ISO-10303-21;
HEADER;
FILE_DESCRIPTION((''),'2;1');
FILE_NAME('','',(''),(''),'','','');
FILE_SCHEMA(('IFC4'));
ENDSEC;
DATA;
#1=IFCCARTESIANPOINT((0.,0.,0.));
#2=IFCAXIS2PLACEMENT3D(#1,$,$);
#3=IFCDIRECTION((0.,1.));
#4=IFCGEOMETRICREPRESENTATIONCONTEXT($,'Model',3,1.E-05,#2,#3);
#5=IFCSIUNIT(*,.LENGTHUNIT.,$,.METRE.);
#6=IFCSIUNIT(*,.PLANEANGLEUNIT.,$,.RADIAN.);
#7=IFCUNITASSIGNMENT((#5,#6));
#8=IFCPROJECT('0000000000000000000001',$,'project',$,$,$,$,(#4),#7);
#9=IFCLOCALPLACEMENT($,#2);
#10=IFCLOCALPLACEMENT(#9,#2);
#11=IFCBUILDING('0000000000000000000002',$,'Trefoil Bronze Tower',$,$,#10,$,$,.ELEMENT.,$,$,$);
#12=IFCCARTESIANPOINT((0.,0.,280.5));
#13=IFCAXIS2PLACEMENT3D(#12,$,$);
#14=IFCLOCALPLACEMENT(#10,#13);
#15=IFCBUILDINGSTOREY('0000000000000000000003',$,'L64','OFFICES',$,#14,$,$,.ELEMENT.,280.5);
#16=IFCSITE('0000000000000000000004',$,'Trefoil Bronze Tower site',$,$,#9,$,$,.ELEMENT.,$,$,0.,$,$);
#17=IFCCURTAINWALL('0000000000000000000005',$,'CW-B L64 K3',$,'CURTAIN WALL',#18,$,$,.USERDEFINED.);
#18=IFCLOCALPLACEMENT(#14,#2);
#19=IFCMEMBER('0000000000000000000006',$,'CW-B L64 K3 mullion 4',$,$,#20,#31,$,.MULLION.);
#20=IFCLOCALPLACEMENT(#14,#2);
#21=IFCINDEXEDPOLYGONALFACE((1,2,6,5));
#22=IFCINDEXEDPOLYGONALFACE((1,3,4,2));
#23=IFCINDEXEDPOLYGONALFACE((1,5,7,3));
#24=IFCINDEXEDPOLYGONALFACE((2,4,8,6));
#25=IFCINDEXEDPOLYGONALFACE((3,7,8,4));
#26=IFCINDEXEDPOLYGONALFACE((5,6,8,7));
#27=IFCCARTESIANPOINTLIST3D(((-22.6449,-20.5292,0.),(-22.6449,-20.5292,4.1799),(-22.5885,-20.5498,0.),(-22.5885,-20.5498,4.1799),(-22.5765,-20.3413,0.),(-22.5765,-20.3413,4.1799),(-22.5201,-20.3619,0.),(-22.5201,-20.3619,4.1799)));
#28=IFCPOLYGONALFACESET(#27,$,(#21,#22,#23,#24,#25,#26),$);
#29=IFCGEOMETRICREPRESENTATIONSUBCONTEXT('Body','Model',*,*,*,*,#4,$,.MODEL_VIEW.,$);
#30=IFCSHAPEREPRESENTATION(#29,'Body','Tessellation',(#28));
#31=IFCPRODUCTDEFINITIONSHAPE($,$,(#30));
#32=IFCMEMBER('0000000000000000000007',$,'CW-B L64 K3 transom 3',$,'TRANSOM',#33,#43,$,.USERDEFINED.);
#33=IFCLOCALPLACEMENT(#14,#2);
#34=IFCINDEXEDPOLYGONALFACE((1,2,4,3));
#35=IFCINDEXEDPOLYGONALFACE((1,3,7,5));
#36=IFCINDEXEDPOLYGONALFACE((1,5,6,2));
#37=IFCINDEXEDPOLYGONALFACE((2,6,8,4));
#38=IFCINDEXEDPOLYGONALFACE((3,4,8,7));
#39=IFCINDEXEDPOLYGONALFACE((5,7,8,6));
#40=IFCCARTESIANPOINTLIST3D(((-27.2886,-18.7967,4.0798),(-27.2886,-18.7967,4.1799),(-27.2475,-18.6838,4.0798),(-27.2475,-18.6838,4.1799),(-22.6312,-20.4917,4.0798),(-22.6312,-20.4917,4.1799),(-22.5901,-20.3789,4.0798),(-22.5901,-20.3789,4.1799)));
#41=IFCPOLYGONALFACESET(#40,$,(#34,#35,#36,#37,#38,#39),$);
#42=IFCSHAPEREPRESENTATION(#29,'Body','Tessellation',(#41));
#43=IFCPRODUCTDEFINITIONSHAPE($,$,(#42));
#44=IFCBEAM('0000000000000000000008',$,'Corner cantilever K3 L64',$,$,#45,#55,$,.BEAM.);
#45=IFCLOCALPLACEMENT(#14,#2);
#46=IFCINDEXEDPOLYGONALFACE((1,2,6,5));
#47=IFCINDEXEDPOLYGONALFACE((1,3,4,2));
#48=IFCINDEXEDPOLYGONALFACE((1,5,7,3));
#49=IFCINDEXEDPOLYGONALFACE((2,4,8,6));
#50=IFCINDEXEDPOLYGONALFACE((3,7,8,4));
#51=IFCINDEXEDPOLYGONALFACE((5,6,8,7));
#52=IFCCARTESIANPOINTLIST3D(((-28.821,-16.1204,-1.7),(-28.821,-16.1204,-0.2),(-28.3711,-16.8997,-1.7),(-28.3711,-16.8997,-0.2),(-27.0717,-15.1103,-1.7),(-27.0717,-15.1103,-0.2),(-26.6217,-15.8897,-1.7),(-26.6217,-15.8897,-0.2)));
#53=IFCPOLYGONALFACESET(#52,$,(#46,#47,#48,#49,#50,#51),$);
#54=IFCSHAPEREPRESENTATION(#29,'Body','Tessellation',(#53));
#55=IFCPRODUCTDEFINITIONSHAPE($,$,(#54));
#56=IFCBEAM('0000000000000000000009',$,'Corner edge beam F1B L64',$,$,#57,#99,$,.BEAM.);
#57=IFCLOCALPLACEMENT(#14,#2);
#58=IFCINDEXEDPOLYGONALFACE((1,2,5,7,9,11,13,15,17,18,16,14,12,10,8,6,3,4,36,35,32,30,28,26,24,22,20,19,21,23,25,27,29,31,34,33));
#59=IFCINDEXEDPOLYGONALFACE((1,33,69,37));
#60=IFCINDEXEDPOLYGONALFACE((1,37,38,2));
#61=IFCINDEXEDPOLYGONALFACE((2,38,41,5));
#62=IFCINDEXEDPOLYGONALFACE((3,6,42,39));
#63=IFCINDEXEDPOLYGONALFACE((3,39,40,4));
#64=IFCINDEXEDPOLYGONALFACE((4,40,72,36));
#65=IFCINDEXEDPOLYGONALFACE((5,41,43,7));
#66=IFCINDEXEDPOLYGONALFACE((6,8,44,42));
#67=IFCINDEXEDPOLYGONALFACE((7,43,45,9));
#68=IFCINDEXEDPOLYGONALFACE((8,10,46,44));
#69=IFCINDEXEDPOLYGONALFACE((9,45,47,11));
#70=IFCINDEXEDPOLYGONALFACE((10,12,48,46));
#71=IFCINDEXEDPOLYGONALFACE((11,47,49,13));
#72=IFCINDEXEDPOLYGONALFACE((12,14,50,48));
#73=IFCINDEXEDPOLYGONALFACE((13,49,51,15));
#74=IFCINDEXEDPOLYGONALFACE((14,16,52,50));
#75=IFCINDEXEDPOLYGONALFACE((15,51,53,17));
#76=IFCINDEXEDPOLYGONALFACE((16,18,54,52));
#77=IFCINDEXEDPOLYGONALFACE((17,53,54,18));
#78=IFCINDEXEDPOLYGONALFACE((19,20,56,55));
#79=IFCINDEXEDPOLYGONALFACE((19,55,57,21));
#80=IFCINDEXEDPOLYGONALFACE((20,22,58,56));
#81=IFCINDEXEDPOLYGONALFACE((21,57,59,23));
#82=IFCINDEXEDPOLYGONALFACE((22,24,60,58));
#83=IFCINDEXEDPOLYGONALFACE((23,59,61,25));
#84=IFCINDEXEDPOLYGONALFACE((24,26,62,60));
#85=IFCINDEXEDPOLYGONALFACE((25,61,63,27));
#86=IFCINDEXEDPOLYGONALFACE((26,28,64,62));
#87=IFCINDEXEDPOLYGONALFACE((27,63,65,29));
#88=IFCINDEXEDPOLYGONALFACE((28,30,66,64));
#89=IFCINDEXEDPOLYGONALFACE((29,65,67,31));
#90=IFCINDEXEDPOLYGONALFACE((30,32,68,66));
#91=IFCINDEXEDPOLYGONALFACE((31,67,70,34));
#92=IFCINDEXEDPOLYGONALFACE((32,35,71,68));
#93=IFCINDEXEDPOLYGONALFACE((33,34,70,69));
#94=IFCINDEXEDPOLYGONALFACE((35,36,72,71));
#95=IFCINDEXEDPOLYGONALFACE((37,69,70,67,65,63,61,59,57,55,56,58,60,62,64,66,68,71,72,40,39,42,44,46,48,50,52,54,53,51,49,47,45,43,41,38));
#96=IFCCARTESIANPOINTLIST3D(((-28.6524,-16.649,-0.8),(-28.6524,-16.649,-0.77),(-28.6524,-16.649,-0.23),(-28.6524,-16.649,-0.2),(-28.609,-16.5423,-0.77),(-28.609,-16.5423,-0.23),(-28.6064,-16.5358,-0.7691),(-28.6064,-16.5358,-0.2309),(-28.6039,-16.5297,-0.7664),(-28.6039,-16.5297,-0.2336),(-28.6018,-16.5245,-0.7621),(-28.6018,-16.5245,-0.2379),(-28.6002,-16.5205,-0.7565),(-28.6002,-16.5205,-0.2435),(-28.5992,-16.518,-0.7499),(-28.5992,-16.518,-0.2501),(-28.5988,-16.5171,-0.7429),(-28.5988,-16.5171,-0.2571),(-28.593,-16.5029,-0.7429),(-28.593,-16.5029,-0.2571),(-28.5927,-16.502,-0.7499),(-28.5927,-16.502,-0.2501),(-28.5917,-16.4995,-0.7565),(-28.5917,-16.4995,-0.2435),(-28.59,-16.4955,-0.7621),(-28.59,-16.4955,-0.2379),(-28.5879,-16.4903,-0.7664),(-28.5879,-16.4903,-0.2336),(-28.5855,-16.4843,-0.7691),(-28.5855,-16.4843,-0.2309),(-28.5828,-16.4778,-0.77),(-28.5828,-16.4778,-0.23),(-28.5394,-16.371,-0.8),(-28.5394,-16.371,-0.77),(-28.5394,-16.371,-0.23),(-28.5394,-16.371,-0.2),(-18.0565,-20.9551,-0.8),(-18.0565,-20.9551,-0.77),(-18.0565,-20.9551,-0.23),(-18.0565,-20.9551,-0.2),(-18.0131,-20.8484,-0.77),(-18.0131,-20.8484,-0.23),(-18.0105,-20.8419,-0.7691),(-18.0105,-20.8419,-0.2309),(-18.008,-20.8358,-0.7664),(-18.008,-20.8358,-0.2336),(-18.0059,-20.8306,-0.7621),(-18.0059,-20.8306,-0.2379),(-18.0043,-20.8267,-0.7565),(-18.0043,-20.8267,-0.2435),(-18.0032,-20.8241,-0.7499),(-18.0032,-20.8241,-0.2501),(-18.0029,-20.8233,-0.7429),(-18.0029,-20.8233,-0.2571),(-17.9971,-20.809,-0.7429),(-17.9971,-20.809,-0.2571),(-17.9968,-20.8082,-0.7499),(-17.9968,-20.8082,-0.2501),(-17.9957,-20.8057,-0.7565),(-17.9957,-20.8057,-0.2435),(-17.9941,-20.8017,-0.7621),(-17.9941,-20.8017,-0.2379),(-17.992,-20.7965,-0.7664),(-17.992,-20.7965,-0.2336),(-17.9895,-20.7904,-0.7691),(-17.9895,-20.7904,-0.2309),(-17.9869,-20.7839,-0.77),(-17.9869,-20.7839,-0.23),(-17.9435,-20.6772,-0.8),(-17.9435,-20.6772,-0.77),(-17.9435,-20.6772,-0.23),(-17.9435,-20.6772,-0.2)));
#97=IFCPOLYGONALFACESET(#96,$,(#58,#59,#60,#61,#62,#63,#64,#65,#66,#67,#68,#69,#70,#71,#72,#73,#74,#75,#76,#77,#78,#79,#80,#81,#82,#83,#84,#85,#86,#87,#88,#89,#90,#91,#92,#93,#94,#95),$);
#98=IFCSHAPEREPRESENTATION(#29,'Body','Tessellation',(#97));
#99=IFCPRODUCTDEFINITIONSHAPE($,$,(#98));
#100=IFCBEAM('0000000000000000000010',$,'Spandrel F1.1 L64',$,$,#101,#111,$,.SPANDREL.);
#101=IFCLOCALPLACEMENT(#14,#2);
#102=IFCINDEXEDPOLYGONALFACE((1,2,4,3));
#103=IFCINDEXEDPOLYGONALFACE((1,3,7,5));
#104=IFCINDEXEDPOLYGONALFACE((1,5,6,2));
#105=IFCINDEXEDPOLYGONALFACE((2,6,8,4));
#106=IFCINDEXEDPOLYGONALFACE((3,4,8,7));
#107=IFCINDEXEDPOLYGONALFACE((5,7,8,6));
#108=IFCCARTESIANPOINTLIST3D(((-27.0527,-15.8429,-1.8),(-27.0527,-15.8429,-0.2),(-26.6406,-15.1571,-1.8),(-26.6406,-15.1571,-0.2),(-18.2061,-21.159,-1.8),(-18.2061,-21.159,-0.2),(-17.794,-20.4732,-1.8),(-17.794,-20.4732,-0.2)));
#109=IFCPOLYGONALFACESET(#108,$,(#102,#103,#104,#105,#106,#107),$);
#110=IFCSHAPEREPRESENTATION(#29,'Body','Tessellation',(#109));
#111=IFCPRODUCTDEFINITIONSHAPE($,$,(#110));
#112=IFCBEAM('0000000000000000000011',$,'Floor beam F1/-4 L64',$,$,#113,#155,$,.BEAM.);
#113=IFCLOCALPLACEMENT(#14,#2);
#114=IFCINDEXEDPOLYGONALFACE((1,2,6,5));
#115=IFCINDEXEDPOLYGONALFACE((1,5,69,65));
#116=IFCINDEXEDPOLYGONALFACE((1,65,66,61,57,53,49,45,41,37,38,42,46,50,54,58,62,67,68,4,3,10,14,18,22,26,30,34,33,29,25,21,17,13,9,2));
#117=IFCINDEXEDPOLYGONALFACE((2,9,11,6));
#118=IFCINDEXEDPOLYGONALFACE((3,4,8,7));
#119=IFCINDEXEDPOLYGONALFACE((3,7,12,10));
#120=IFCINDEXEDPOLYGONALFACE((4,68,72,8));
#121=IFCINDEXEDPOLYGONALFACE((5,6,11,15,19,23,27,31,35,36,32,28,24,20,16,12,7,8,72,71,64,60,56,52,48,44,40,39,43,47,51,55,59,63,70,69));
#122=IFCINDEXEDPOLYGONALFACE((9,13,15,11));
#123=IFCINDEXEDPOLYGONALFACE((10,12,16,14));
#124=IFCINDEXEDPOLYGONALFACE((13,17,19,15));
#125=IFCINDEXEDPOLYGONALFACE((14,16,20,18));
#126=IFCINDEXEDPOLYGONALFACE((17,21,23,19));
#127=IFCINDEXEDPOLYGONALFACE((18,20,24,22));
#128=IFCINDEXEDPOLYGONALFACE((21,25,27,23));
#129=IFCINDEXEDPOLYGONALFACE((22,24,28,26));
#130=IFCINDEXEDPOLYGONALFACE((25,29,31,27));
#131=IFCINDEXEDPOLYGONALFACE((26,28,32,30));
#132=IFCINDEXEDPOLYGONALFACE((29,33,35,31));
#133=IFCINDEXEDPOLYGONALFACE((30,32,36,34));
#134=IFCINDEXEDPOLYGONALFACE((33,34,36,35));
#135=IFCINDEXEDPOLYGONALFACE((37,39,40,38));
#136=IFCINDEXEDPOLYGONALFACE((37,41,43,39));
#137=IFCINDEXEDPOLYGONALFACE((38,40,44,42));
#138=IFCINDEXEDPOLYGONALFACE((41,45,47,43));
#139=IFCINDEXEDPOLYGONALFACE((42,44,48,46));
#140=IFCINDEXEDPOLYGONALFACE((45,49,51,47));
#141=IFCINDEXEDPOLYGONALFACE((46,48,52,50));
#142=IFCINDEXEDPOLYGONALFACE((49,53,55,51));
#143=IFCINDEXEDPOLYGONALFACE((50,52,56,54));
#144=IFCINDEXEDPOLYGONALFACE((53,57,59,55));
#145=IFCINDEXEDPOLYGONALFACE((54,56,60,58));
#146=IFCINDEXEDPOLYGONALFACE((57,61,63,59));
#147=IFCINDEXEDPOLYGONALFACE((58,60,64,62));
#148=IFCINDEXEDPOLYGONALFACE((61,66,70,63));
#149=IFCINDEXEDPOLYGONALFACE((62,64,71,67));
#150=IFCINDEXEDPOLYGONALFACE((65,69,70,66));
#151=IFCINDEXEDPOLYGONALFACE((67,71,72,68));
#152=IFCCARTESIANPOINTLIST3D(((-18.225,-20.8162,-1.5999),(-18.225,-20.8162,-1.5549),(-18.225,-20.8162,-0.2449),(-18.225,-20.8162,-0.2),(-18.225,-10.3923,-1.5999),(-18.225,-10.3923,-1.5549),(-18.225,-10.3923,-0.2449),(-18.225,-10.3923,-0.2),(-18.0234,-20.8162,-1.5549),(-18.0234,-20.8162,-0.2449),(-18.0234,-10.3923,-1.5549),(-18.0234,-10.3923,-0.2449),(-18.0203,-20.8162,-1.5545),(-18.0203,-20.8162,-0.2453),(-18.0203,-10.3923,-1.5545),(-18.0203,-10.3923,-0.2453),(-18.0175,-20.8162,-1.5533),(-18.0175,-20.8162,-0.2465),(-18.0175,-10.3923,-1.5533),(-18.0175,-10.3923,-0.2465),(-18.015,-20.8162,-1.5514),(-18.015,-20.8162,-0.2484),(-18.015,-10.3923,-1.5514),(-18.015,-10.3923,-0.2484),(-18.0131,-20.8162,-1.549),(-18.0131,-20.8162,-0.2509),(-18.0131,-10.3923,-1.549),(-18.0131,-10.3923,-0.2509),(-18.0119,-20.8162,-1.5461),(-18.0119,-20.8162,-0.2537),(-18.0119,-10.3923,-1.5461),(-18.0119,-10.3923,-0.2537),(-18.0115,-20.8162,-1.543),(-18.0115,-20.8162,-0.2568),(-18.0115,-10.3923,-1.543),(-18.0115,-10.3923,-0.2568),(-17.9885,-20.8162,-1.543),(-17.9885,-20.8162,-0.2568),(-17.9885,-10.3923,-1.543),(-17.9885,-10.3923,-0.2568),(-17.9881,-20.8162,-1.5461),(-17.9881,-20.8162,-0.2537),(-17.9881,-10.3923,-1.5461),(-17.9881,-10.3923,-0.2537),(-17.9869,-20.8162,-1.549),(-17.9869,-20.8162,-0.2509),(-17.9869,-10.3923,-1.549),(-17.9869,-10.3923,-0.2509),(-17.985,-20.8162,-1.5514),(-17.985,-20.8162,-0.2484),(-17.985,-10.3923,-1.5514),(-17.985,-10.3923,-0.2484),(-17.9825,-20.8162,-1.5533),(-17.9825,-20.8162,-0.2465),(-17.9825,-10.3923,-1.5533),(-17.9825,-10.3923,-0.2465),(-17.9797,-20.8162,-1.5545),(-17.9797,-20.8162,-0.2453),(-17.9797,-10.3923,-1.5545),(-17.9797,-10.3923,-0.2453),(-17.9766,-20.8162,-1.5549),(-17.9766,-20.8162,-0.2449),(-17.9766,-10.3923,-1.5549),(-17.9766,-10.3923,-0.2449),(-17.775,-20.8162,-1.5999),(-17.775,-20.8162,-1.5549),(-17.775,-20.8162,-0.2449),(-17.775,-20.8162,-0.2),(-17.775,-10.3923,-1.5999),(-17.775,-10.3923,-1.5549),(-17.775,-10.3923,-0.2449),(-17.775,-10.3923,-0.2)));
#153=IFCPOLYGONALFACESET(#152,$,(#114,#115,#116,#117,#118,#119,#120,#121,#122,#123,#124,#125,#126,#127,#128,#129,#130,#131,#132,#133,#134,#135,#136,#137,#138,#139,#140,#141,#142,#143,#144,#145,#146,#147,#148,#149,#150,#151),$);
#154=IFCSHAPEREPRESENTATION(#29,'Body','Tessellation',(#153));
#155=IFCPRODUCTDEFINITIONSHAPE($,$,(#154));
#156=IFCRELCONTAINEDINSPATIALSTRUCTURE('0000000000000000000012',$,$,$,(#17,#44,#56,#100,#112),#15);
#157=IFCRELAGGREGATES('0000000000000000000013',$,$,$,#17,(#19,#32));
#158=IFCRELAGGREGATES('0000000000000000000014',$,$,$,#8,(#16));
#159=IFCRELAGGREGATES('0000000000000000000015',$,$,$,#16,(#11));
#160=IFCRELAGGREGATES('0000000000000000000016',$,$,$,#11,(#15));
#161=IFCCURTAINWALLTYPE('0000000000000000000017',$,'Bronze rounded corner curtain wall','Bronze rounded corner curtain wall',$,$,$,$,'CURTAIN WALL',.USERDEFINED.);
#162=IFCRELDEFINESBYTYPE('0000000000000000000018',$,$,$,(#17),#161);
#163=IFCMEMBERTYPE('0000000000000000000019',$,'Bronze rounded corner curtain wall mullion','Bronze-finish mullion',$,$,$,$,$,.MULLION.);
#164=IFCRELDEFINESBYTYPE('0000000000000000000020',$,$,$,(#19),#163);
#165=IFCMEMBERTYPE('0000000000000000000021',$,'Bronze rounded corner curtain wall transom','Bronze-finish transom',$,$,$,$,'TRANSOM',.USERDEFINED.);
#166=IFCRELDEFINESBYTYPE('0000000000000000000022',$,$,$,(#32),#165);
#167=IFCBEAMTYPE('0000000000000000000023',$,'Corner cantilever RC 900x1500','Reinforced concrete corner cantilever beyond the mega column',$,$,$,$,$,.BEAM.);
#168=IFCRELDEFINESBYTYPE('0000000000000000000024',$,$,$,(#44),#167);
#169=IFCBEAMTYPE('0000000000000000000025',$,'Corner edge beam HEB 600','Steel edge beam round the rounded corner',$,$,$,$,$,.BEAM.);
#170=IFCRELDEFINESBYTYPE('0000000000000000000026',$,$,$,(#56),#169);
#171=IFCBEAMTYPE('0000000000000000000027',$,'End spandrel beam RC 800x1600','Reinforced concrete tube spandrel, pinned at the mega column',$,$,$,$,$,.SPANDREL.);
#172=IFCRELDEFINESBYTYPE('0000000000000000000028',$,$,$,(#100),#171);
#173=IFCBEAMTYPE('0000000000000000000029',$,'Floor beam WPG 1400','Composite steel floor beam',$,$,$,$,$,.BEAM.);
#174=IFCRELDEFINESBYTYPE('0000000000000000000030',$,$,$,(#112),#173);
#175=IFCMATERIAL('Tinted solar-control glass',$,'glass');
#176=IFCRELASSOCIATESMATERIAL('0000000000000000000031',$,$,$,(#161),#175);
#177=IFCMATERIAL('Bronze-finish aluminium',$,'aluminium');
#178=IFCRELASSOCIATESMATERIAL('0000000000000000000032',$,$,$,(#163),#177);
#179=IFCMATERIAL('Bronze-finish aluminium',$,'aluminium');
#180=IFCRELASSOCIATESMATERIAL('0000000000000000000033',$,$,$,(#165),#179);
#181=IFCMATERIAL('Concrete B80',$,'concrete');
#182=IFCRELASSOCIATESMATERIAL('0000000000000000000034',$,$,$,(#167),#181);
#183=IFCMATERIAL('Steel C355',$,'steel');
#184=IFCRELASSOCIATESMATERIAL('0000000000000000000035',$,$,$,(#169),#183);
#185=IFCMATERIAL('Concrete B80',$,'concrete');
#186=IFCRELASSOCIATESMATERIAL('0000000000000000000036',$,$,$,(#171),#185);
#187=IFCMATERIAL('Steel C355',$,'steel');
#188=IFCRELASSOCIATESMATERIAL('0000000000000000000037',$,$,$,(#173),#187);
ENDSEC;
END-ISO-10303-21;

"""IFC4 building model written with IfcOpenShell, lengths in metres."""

from ifc_helpers import new_model, si_unit, direction, frame, origin, origin_2d, place, context, subcontext, project, spatial, rectangle, i_section, extrude, material, material_profile, profile_set, type_object, element, aggregate, save


model = new_model("IFC4")

# Units and contexts
model_context = context("Model", 3, precision=1e-05, world=origin(), true_north=direction((0.0, 1.0)))
body_context = subcontext(model_context, "Body", "Model", "MODEL_VIEW")
ifc_project = project(units=[si_unit("LENGTHUNIT", "METRE"), si_unit("PLANEANGLEUNIT", "RADIAN")], contexts=[model_context])

# Site, building, storey
site_placement = place(None, origin())
site = spatial("IfcSite", under=ifc_project, at=site_placement, Name="Trefoil Bronze Tower site", CompositionType="ELEMENT", RefElevation=0.0)
building_placement = place(site_placement, origin())
building = spatial("IfcBuilding", under=site, at=building_placement, Name="Trefoil Bronze Tower", CompositionType="ELEMENT")
storey_placement = place(building_placement, frame((0.0, 0.0, 280.5)))
storey = spatial("IfcBuildingStorey", under=building, at=storey_placement, Name="L64", Description="OFFICES", CompositionType="ELEMENT", Elevation=280.5)

# Curtain wall, members
ifc_material_1 = material(Name="Tinted solar-control glass", Category="glass")
curtain_wall_type_1 = type_object("IfcCurtainWallType", Name="Bronze rounded corner curtain wall", Description="Bronze rounded corner curtain wall", ElementType="CURTAIN WALL", PredefinedType="USERDEFINED", material=ifc_material_1)
curtain_wall_1_placement = place(storey_placement, origin())
curtain_wall_1 = element("IfcCurtainWall", 1, at=curtain_wall_1_placement, inside=storey, type_object=curtain_wall_type_1, Name="CW-B L64 K3", ObjectType="CURTAIN WALL", PredefinedType="USERDEFINED")
ifc_material_2 = material(Name="Bronze-finish aluminium", Category="aluminium")
ifc_material_profile_1 = material_profile(ifc_material_2, rectangle(XDim=0.2, YDim=0.0601, at=origin_2d()), Name="CW-B mullion")
ifc_profile_set_1 = profile_set([ifc_material_profile_1], Name="Bronze-finish aluminium")
member_type_1 = type_object("IfcMemberType", Name="Bronze rounded corner curtain wall mullion", Description="Bronze-finish mullion", PredefinedType="MULLION", material=ifc_profile_set_1)
member_1_placement = place(storey_placement, frame((-22.5825, -20.4456, 0.0), z_axis=(0.0, 0.0, 1.0), x_axis=(0.34202, 0.939693, 0.0)))
member_1 = element("IfcMember", 2, at=member_1_placement, type_object=member_type_1, Name="CW-B L64 K3 mullion 4", PredefinedType="MULLION", context=body_context, shape_type="SweptSolid", body=[
    extrude(rectangle(XDim=0.2, YDim=0.0601, at=origin_2d()), origin(), (0.0, 0.0, 1.0), 4.1799),
])
ifc_material_3 = material(Name="Bronze-finish aluminium", Category="aluminium")
ifc_material_profile_2 = material_profile(ifc_material_3, rectangle(XDim=0.1201, YDim=0.1001, at=origin_2d()), Name="CW-B transom")
ifc_profile_set_2 = profile_set([ifc_material_profile_2], Name="Bronze-finish aluminium")
member_type_2 = type_object("IfcMemberType", Name="Bronze rounded corner curtain wall transom", Description="Bronze-finish transom", ElementType="TRANSOM", PredefinedType="USERDEFINED", material=ifc_profile_set_2)
member_2_placement = place(storey_placement, frame((-27.2681, -18.7402, 4.1299), z_axis=(0.9397, -0.342, 0.0), x_axis=(0.342, 0.9397, 0.0)))
member_2 = element("IfcMember", 3, at=member_2_placement, type_object=member_type_2, Name="CW-B L64 K3 transom 3", ObjectType="TRANSOM", PredefinedType="USERDEFINED", context=body_context, shape_type="SweptSolid", body=[
    extrude(rectangle(XDim=0.1201, YDim=0.1001, at=origin_2d()), origin(), (0.0, 0.0, 1.0), 4.9563),
])

# Beams
ifc_material_4 = material(Name="Concrete B80", Category="concrete")
ifc_material_profile_3 = material_profile(ifc_material_4, rectangle(XDim=0.8999, YDim=1.5, at=origin_2d()), Name="RC 900x1500")
ifc_profile_set_3 = profile_set([ifc_material_profile_3], Name="Concrete B80")
beam_type_1 = type_object("IfcBeamType", Name="Corner cantilever RC 900x1500", Description="Reinforced concrete corner cantilever beyond the mega column", PredefinedType="BEAM", material=ifc_profile_set_3)
beam_1_placement = place(storey_placement, frame((-26.8467, -15.5, -0.95), z_axis=(-0.86601, -0.500026, 0.0), x_axis=(0.500026, -0.86601, 0.0)))
element("IfcBeam", 4, at=beam_1_placement, inside=storey, type_object=beam_type_1, Name="Corner cantilever K3 L64", PredefinedType="BEAM", context=body_context, shape_type="SweptSolid", body=[
    extrude(rectangle(XDim=0.8999, YDim=1.5, at=origin_2d()), origin(), (0.0, 0.0, 1.0), 2.02),
])
ifc_material_5 = material(Name="Steel C355", Category="steel")
ifc_material_profile_4 = material_profile(ifc_material_5, i_section(OverallWidth=0.3, OverallDepth=0.6001, WebThickness=0.0154, FlangeThickness=0.03, FilletRadius=0.0271, at=origin_2d()), Name="HEB 600")
ifc_profile_set_4 = profile_set([ifc_material_profile_4], Name="Steel C355")
beam_type_2 = type_object("IfcBeamType", Name="Corner edge beam HEB 600", Description="Steel edge beam round the rounded corner", PredefinedType="BEAM", material=ifc_profile_set_4)
beam_2_placement = place(storey_placement, frame((-18.0, -20.8162, -0.5), z_axis=(-0.926419, 0.376493, 0.0), x_axis=(-0.376493, -0.926419, 0.0)))
element("IfcBeam", 5, at=beam_2_placement, inside=storey, type_object=beam_type_2, Name="Corner edge beam F1B L64", PredefinedType="BEAM", context=body_context, shape_type="SweptSolid", body=[
    extrude(i_section(OverallWidth=0.3, OverallDepth=0.6001, WebThickness=0.0154, FlangeThickness=0.03, FilletRadius=0.0271, at=origin_2d()), origin(), (0.0, 0.0, 1.0), 11.4375),
])
ifc_material_6 = material(Name="Concrete B80", Category="concrete")
ifc_material_profile_5 = material_profile(ifc_material_6, rectangle(XDim=0.8, YDim=1.6001, at=origin_2d()), Name="RC 800x1600")
ifc_profile_set_5 = profile_set([ifc_material_profile_5], Name="Concrete B80")
beam_type_3 = type_object("IfcBeamType", Name="End spandrel beam RC 800x1600", Description="Reinforced concrete tube spandrel, pinned at the mega column", PredefinedType="SPANDREL", material=ifc_profile_set_5)
beam_3_placement = place(storey_placement, frame((-26.8467, -15.5, -1.0), z_axis=(0.857144, -0.515077, 0.0), x_axis=(0.515077, 0.857144, 0.0)))
element("IfcBeam", 6, at=beam_3_placement, inside=storey, type_object=beam_type_3, Name="Spandrel F1.1 L64", PredefinedType="SPANDREL", context=body_context, shape_type="SweptSolid", body=[
    extrude(rectangle(XDim=0.8, YDim=1.6001, at=origin_2d()), origin(), (0.0, 0.0, 1.0), 10.321),
])
ifc_material_7 = material(Name="Steel C355", Category="steel")
ifc_material_profile_6 = material_profile(ifc_material_7, i_section(OverallWidth=0.45, OverallDepth=1.3999, WebThickness=0.0229, FlangeThickness=0.0449, FilletRadius=0.012, at=origin_2d()), Name="WPG 1400")
ifc_profile_set_6 = profile_set([ifc_material_profile_6], Name="Steel C355")
beam_type_4 = type_object("IfcBeamType", Name="Floor beam WPG 1400", Description="Composite steel floor beam", PredefinedType="BEAM", material=ifc_profile_set_6)
beam_4_placement = place(storey_placement, frame((-18.0, -20.8162, -0.8999), z_axis=(0.0, 1.0, 0.0), x_axis=(-1.0, 0.0, 0.0)))
element("IfcBeam", 7, at=beam_4_placement, inside=storey, type_object=beam_type_4, Name="Floor beam F1/-4 L64", PredefinedType="BEAM", context=body_context, shape_type="SweptSolid", body=[
    extrude(i_section(OverallWidth=0.45, OverallDepth=1.3999, WebThickness=0.0229, FlangeThickness=0.0449, FilletRadius=0.012, at=origin_2d()), origin(), (0.0, 0.0, 1.0), 10.4238),
])

aggregate(curtain_wall_1, [member_1, member_2])

save(model, "model.ifc")
